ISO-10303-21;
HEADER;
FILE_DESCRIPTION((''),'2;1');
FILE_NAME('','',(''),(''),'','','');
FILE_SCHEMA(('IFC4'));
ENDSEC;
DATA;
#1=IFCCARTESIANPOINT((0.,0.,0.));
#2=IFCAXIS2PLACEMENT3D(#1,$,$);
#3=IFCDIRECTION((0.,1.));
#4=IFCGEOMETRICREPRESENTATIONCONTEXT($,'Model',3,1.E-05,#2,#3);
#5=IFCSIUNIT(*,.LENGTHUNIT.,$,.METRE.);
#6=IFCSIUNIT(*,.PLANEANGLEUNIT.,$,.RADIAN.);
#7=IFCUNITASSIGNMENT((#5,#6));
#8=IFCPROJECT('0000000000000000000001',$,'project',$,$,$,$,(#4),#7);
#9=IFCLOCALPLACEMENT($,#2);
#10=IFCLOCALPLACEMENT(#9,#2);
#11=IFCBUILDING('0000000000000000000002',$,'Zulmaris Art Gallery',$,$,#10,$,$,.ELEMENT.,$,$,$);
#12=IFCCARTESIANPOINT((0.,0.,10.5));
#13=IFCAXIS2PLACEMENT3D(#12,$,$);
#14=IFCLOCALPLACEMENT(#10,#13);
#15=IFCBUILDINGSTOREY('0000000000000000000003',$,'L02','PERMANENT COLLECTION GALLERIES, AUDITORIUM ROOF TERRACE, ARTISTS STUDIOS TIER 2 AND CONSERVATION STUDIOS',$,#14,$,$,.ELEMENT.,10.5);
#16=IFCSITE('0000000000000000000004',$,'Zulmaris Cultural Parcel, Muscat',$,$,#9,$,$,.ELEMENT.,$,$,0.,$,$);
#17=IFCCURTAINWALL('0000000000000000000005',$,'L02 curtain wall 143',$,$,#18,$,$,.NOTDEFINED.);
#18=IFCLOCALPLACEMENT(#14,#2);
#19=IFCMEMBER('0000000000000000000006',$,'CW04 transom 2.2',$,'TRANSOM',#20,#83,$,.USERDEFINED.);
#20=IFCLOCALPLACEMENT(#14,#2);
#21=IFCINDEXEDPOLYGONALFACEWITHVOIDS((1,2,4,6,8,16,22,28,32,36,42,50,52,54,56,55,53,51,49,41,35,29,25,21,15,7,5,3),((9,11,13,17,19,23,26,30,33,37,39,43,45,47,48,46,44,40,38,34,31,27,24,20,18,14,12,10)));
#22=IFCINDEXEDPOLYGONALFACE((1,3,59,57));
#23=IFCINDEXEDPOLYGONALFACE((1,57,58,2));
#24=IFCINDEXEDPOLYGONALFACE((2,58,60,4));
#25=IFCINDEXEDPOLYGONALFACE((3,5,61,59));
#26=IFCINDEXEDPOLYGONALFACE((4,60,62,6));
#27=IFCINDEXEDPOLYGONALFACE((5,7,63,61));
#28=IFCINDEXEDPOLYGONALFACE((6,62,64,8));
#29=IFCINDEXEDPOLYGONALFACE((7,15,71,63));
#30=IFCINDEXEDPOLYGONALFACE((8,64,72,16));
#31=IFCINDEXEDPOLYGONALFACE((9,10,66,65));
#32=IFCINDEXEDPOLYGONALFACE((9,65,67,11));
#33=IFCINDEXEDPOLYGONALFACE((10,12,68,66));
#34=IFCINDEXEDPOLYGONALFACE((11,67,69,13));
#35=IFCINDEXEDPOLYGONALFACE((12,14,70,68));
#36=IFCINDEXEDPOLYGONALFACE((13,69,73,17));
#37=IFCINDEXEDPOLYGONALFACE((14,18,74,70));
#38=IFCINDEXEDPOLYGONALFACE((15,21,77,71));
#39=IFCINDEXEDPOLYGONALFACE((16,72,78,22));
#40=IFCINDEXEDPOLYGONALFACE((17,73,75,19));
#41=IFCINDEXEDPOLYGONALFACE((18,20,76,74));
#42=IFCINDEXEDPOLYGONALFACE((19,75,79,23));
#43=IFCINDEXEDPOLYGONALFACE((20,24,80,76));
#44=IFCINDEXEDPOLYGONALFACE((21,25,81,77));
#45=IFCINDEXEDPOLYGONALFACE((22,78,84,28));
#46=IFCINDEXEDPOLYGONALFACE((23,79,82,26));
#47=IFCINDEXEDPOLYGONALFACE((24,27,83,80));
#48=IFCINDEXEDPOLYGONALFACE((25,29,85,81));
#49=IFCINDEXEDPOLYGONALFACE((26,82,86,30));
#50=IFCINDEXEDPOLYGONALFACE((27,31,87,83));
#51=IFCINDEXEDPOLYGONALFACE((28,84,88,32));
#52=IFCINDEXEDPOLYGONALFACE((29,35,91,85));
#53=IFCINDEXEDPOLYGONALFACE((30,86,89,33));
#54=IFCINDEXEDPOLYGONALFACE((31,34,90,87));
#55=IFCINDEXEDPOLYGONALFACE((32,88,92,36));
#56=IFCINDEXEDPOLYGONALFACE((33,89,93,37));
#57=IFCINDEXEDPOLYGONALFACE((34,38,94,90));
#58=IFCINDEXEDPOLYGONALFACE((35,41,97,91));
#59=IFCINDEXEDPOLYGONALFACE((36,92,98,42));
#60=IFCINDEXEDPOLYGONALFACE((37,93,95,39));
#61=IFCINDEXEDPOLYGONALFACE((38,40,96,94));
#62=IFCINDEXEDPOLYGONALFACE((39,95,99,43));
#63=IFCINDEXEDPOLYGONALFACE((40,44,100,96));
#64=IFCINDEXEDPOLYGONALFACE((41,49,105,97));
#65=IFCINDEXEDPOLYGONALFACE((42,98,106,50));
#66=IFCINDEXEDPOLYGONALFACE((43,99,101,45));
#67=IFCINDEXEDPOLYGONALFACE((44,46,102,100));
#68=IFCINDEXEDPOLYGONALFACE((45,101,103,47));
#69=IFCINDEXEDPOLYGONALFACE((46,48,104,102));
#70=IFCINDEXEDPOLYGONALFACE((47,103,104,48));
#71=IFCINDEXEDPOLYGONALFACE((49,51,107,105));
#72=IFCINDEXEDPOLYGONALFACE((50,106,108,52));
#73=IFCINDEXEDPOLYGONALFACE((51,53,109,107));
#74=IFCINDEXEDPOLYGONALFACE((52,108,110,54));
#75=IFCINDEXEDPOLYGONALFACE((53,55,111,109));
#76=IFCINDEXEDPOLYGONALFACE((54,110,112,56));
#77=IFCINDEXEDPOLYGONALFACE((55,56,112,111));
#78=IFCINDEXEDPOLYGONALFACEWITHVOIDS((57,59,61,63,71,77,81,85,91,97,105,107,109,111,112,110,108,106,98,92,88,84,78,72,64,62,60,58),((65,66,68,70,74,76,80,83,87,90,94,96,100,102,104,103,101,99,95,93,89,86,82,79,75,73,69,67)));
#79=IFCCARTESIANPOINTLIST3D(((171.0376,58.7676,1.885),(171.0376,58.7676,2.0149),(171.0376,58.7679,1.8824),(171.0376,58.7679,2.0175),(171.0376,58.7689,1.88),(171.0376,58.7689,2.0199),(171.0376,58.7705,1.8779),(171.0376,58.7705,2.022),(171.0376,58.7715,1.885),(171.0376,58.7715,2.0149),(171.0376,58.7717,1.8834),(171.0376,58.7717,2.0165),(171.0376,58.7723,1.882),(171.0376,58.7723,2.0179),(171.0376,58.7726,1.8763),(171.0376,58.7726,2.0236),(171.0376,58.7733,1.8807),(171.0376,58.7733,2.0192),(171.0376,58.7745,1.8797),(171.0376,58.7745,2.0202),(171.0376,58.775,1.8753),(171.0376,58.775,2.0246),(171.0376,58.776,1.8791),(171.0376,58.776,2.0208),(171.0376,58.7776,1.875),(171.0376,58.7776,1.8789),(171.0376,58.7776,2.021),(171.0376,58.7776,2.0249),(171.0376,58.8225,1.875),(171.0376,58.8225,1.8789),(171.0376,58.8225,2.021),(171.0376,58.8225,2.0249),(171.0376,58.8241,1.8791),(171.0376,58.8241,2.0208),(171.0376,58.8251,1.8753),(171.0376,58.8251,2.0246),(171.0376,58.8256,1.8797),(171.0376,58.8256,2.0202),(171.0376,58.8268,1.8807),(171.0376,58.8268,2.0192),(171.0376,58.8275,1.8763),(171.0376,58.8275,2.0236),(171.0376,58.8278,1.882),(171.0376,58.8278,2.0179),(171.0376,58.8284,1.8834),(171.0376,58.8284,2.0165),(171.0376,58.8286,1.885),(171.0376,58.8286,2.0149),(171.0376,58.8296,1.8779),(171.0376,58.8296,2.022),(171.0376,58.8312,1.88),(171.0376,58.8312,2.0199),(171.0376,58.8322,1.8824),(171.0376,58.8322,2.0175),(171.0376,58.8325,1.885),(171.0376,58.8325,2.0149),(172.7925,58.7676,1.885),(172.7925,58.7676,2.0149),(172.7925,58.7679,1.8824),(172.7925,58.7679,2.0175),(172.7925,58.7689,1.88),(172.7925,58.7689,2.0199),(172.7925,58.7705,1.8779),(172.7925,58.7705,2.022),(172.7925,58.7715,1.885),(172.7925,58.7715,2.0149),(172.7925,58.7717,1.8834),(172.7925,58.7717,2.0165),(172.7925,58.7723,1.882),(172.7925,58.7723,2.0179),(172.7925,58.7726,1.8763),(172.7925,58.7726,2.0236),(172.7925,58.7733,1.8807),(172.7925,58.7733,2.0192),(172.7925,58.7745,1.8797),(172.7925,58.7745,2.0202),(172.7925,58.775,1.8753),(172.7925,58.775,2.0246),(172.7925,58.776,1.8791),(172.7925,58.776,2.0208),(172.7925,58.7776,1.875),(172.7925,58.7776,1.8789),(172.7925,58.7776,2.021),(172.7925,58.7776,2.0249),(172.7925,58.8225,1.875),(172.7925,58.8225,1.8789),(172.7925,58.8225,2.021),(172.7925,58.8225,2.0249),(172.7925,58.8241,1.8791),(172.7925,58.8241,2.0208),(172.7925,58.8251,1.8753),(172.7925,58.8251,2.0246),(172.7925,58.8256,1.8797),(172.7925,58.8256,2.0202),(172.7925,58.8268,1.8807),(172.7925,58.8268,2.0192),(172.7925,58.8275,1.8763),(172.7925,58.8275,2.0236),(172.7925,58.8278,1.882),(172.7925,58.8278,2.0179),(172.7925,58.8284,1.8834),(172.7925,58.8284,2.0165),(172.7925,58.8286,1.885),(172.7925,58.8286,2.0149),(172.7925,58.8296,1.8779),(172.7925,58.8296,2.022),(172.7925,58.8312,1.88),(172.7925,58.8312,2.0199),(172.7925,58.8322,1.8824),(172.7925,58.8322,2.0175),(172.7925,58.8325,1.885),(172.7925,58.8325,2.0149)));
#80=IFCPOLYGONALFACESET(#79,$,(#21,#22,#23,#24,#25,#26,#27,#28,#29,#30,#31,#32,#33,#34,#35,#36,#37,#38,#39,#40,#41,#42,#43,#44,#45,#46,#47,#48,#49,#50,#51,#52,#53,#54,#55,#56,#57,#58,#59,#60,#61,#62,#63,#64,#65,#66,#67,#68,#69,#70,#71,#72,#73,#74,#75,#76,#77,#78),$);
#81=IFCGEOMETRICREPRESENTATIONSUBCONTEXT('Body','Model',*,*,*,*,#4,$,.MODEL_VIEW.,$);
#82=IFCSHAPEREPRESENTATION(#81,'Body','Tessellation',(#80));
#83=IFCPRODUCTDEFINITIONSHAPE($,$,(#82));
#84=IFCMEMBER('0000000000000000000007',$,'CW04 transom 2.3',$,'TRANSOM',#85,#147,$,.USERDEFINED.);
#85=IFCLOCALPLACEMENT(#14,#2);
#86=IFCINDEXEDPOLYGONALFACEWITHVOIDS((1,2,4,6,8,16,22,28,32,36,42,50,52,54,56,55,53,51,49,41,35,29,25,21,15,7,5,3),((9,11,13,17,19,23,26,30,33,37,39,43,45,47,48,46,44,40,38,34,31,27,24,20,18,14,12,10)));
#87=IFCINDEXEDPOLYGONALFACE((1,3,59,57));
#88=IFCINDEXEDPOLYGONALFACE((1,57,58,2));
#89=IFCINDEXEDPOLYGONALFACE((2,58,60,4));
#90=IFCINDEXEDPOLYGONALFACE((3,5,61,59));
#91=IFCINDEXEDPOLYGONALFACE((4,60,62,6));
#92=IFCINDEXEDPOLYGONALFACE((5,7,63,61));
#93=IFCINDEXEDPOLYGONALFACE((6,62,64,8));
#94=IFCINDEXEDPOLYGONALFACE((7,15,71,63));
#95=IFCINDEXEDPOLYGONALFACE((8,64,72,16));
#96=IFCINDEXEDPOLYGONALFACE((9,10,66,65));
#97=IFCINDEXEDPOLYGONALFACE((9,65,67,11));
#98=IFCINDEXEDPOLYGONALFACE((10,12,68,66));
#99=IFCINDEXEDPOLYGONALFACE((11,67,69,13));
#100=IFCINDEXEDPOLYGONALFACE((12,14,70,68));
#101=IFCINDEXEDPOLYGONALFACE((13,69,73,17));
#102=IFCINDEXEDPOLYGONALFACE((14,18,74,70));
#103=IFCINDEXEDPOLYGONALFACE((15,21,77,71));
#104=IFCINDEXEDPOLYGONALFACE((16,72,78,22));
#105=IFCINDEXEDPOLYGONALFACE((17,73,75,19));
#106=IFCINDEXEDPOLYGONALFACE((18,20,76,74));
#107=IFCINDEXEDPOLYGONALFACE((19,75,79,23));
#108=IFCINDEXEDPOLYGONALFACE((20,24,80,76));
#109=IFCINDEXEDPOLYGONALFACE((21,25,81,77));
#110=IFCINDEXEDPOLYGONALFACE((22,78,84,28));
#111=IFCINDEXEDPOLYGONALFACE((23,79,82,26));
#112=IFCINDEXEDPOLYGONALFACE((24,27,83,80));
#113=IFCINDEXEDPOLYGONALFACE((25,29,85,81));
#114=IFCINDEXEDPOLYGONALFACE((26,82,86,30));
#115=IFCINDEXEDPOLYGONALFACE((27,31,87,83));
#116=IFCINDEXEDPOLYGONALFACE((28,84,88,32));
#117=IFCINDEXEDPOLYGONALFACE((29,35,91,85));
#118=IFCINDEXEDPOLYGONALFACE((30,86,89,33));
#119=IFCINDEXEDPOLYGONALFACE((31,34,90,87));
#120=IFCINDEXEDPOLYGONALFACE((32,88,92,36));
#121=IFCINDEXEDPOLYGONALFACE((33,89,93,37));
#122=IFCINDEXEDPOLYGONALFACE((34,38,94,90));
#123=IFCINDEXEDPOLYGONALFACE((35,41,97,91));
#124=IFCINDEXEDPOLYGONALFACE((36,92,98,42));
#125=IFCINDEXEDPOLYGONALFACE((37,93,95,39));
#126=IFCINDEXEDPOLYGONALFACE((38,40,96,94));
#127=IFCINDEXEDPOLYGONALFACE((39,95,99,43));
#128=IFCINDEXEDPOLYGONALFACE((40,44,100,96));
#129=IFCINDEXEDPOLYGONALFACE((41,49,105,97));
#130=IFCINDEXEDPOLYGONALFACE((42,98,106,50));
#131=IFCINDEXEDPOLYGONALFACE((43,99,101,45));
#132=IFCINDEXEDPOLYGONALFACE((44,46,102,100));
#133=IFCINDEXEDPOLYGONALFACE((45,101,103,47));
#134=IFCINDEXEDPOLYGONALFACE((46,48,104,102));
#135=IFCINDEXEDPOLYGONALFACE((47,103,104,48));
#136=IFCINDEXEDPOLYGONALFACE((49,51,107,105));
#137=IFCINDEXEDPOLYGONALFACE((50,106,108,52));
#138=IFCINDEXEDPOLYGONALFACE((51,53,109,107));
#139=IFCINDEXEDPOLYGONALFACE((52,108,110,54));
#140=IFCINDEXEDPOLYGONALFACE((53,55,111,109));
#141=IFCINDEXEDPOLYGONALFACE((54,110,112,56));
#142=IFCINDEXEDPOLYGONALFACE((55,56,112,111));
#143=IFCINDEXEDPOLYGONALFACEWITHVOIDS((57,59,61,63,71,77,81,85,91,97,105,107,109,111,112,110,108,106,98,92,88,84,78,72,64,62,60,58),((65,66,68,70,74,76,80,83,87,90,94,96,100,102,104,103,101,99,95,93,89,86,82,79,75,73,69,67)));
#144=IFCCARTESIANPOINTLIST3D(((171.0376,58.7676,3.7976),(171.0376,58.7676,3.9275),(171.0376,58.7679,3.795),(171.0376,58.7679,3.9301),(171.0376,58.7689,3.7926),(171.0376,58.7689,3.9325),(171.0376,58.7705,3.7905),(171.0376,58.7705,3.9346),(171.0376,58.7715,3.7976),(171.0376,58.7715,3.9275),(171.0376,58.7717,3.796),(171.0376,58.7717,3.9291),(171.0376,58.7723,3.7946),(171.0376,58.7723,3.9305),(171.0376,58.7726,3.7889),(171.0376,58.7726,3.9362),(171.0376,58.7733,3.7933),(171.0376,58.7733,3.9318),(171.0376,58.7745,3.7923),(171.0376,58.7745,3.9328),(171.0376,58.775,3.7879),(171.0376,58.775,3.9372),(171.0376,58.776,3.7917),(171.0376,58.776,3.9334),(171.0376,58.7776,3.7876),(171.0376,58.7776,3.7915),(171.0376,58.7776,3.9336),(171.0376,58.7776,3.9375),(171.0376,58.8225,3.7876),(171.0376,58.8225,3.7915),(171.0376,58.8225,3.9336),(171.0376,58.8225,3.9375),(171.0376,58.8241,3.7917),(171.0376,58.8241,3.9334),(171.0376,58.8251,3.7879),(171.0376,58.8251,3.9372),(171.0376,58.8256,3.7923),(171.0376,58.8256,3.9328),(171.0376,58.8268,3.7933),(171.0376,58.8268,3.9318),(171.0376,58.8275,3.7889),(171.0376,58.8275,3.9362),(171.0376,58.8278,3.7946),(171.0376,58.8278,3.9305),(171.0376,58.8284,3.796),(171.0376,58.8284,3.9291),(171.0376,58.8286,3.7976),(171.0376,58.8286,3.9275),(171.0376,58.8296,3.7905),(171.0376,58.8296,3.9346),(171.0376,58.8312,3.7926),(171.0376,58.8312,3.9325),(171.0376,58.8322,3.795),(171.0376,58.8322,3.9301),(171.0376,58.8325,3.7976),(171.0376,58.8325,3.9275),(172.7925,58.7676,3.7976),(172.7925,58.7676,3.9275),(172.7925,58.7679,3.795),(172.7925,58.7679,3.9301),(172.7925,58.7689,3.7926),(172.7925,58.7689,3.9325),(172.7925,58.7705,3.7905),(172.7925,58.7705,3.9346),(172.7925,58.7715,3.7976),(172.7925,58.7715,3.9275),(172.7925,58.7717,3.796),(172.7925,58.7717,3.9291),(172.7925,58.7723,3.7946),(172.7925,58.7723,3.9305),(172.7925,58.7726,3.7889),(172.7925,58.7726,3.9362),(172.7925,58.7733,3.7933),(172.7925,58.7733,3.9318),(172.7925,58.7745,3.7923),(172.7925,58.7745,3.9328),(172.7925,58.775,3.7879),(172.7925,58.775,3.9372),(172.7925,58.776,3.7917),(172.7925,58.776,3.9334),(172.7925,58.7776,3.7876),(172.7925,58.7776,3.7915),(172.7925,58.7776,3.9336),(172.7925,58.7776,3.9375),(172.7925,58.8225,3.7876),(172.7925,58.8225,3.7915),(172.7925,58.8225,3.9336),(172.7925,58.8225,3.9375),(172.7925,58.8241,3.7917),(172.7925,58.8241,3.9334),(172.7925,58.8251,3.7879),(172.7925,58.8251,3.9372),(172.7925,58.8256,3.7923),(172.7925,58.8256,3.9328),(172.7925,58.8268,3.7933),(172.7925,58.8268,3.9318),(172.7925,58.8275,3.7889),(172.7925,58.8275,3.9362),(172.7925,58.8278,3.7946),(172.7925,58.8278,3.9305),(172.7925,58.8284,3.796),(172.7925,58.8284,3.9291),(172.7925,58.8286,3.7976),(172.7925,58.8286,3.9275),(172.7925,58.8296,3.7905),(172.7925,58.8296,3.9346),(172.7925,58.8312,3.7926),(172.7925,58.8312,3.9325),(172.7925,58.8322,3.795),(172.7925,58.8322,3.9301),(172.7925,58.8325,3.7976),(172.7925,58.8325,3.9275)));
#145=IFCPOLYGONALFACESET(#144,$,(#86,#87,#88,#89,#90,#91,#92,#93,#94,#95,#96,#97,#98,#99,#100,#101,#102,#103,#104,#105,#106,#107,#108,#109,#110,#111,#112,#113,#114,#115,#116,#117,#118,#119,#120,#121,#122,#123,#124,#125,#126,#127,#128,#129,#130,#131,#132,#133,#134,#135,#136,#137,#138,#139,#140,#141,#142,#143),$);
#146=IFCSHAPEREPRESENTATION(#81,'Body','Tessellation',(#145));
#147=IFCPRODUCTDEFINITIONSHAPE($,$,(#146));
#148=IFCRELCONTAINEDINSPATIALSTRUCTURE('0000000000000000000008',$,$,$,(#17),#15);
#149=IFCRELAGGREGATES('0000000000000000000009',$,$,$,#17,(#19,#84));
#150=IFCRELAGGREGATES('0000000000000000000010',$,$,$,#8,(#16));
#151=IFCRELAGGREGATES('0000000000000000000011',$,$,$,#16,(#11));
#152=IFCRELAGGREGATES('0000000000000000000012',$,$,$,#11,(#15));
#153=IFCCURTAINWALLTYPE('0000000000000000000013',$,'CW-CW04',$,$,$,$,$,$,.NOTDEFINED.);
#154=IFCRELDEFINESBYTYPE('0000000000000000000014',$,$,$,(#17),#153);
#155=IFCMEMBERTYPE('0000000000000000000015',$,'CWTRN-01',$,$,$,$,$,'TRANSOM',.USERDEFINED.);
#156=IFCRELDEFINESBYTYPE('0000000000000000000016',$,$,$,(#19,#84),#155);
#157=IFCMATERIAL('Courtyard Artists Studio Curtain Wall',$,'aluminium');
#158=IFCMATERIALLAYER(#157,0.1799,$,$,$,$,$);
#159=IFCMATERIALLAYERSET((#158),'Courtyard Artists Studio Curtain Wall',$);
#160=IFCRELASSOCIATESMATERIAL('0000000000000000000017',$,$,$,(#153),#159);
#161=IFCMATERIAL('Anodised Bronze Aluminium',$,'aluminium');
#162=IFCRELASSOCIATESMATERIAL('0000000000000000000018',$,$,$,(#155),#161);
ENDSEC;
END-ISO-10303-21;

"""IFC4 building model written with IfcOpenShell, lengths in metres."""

from ifc_helpers import new_model, si_unit, direction, frame, origin, origin_2d, place, context, subcontext, project, spatial, hollow_rectangle, extrude, material, layer, layer_set, material_profile, profile_set, type_object, element, aggregate, save


model = new_model("IFC4")

# Units and contexts
model_context = context("Model", 3, precision=1e-05, world=origin(), true_north=direction((0.0, 1.0)))
body_context = subcontext(model_context, "Body", "Model", "MODEL_VIEW")
ifc_project = project(units=[si_unit("LENGTHUNIT", "METRE"), si_unit("PLANEANGLEUNIT", "RADIAN")], contexts=[model_context])

# Site, building, storey
site_placement = place(None, origin())
site = spatial("IfcSite", under=ifc_project, at=site_placement, Name="Zulmaris Cultural Parcel, Muscat", CompositionType="ELEMENT", RefElevation=0.0)
building_placement = place(site_placement, origin())
building = spatial("IfcBuilding", under=site, at=building_placement, Name="Zulmaris Art Gallery", CompositionType="ELEMENT")
storey_placement = place(building_placement, frame((0.0, 0.0, 10.5)))
storey = spatial("IfcBuildingStorey", under=building, at=storey_placement, Name="L02", Description="PERMANENT COLLECTION GALLERIES, AUDITORIUM ROOF TERRACE, ARTISTS STUDIOS TIER 2 AND CONSERVATION STUDIOS", CompositionType="ELEMENT", Elevation=10.5)

# Curtain wall
ifc_material_1 = material(Name="Courtyard Artists Studio Curtain Wall", Category="aluminium")
ifc_layer_1 = layer(ifc_material_1, 0.1799)
ifc_layer_set_1 = layer_set([ifc_layer_1], Name="Courtyard Artists Studio Curtain Wall")
curtain_wall_type = type_object("IfcCurtainWallType", Name="CW-CW04", PredefinedType="NOTDEFINED", material=ifc_layer_set_1)
curtain_wall_1_placement = place(storey_placement, origin())
curtain_wall_1 = element("IfcCurtainWall", 1, at=curtain_wall_1_placement, inside=storey, type_object=curtain_wall_type, Name="L02 curtain wall 143", PredefinedType="NOTDEFINED")
ifc_material_2 = material(Name="Anodised Bronze Aluminium", Category="aluminium")

# Members
ifc_material_profile_1 = material_profile(ifc_material_2, hollow_rectangle(XDim=0.0649, YDim=0.1499, WallThickness=0.0039, InnerFilletRadius=0.0061, OuterFilletRadius=0.01, at=origin_2d()), Name="ALU 65x150x4")
ifc_profile_set_1 = profile_set([ifc_material_profile_1], Name="Anodised Bronze Aluminium")
member_type_1 = type_object("IfcMemberType", Name="CWTRN-01", ElementType="TRANSOM", PredefinedType="USERDEFINED", material=ifc_profile_set_1)
member_1_placement = place(storey_placement, frame((172.7925, 58.8, 1.95), z_axis=(-1.0, 0.0, 0.0), x_axis=(0.0, -1.0, 0.0)))
member_1 = element("IfcMember", 2, at=member_1_placement, type_object=member_type_1, Name="CW04 transom 2.2", ObjectType="TRANSOM", PredefinedType="USERDEFINED", context=body_context, shape_type="SweptSolid", body=[
    extrude(hollow_rectangle(XDim=0.0649, YDim=0.1499, WallThickness=0.0039, InnerFilletRadius=0.0061, OuterFilletRadius=0.01, at=origin_2d()), origin(), (0.0, 0.0, 1.0), 1.7549),
])
member_2_placement = place(storey_placement, frame((172.7925, 58.8, 3.8625), z_axis=(-1.0, 0.0, 0.0), x_axis=(0.0, -1.0, 0.0)))
member_2 = element("IfcMember", 3, at=member_2_placement, type_object=member_type_1, Name="CW04 transom 2.3", ObjectType="TRANSOM", PredefinedType="USERDEFINED", context=body_context, shape_type="SweptSolid", body=[
    extrude(hollow_rectangle(XDim=0.0649, YDim=0.1499, WallThickness=0.0039, InnerFilletRadius=0.0061, OuterFilletRadius=0.01, at=origin_2d()), origin(), (0.0, 0.0, 1.0), 1.7549),
])

aggregate(curtain_wall_1, [member_1, member_2])

save(model, "model.ifc")
